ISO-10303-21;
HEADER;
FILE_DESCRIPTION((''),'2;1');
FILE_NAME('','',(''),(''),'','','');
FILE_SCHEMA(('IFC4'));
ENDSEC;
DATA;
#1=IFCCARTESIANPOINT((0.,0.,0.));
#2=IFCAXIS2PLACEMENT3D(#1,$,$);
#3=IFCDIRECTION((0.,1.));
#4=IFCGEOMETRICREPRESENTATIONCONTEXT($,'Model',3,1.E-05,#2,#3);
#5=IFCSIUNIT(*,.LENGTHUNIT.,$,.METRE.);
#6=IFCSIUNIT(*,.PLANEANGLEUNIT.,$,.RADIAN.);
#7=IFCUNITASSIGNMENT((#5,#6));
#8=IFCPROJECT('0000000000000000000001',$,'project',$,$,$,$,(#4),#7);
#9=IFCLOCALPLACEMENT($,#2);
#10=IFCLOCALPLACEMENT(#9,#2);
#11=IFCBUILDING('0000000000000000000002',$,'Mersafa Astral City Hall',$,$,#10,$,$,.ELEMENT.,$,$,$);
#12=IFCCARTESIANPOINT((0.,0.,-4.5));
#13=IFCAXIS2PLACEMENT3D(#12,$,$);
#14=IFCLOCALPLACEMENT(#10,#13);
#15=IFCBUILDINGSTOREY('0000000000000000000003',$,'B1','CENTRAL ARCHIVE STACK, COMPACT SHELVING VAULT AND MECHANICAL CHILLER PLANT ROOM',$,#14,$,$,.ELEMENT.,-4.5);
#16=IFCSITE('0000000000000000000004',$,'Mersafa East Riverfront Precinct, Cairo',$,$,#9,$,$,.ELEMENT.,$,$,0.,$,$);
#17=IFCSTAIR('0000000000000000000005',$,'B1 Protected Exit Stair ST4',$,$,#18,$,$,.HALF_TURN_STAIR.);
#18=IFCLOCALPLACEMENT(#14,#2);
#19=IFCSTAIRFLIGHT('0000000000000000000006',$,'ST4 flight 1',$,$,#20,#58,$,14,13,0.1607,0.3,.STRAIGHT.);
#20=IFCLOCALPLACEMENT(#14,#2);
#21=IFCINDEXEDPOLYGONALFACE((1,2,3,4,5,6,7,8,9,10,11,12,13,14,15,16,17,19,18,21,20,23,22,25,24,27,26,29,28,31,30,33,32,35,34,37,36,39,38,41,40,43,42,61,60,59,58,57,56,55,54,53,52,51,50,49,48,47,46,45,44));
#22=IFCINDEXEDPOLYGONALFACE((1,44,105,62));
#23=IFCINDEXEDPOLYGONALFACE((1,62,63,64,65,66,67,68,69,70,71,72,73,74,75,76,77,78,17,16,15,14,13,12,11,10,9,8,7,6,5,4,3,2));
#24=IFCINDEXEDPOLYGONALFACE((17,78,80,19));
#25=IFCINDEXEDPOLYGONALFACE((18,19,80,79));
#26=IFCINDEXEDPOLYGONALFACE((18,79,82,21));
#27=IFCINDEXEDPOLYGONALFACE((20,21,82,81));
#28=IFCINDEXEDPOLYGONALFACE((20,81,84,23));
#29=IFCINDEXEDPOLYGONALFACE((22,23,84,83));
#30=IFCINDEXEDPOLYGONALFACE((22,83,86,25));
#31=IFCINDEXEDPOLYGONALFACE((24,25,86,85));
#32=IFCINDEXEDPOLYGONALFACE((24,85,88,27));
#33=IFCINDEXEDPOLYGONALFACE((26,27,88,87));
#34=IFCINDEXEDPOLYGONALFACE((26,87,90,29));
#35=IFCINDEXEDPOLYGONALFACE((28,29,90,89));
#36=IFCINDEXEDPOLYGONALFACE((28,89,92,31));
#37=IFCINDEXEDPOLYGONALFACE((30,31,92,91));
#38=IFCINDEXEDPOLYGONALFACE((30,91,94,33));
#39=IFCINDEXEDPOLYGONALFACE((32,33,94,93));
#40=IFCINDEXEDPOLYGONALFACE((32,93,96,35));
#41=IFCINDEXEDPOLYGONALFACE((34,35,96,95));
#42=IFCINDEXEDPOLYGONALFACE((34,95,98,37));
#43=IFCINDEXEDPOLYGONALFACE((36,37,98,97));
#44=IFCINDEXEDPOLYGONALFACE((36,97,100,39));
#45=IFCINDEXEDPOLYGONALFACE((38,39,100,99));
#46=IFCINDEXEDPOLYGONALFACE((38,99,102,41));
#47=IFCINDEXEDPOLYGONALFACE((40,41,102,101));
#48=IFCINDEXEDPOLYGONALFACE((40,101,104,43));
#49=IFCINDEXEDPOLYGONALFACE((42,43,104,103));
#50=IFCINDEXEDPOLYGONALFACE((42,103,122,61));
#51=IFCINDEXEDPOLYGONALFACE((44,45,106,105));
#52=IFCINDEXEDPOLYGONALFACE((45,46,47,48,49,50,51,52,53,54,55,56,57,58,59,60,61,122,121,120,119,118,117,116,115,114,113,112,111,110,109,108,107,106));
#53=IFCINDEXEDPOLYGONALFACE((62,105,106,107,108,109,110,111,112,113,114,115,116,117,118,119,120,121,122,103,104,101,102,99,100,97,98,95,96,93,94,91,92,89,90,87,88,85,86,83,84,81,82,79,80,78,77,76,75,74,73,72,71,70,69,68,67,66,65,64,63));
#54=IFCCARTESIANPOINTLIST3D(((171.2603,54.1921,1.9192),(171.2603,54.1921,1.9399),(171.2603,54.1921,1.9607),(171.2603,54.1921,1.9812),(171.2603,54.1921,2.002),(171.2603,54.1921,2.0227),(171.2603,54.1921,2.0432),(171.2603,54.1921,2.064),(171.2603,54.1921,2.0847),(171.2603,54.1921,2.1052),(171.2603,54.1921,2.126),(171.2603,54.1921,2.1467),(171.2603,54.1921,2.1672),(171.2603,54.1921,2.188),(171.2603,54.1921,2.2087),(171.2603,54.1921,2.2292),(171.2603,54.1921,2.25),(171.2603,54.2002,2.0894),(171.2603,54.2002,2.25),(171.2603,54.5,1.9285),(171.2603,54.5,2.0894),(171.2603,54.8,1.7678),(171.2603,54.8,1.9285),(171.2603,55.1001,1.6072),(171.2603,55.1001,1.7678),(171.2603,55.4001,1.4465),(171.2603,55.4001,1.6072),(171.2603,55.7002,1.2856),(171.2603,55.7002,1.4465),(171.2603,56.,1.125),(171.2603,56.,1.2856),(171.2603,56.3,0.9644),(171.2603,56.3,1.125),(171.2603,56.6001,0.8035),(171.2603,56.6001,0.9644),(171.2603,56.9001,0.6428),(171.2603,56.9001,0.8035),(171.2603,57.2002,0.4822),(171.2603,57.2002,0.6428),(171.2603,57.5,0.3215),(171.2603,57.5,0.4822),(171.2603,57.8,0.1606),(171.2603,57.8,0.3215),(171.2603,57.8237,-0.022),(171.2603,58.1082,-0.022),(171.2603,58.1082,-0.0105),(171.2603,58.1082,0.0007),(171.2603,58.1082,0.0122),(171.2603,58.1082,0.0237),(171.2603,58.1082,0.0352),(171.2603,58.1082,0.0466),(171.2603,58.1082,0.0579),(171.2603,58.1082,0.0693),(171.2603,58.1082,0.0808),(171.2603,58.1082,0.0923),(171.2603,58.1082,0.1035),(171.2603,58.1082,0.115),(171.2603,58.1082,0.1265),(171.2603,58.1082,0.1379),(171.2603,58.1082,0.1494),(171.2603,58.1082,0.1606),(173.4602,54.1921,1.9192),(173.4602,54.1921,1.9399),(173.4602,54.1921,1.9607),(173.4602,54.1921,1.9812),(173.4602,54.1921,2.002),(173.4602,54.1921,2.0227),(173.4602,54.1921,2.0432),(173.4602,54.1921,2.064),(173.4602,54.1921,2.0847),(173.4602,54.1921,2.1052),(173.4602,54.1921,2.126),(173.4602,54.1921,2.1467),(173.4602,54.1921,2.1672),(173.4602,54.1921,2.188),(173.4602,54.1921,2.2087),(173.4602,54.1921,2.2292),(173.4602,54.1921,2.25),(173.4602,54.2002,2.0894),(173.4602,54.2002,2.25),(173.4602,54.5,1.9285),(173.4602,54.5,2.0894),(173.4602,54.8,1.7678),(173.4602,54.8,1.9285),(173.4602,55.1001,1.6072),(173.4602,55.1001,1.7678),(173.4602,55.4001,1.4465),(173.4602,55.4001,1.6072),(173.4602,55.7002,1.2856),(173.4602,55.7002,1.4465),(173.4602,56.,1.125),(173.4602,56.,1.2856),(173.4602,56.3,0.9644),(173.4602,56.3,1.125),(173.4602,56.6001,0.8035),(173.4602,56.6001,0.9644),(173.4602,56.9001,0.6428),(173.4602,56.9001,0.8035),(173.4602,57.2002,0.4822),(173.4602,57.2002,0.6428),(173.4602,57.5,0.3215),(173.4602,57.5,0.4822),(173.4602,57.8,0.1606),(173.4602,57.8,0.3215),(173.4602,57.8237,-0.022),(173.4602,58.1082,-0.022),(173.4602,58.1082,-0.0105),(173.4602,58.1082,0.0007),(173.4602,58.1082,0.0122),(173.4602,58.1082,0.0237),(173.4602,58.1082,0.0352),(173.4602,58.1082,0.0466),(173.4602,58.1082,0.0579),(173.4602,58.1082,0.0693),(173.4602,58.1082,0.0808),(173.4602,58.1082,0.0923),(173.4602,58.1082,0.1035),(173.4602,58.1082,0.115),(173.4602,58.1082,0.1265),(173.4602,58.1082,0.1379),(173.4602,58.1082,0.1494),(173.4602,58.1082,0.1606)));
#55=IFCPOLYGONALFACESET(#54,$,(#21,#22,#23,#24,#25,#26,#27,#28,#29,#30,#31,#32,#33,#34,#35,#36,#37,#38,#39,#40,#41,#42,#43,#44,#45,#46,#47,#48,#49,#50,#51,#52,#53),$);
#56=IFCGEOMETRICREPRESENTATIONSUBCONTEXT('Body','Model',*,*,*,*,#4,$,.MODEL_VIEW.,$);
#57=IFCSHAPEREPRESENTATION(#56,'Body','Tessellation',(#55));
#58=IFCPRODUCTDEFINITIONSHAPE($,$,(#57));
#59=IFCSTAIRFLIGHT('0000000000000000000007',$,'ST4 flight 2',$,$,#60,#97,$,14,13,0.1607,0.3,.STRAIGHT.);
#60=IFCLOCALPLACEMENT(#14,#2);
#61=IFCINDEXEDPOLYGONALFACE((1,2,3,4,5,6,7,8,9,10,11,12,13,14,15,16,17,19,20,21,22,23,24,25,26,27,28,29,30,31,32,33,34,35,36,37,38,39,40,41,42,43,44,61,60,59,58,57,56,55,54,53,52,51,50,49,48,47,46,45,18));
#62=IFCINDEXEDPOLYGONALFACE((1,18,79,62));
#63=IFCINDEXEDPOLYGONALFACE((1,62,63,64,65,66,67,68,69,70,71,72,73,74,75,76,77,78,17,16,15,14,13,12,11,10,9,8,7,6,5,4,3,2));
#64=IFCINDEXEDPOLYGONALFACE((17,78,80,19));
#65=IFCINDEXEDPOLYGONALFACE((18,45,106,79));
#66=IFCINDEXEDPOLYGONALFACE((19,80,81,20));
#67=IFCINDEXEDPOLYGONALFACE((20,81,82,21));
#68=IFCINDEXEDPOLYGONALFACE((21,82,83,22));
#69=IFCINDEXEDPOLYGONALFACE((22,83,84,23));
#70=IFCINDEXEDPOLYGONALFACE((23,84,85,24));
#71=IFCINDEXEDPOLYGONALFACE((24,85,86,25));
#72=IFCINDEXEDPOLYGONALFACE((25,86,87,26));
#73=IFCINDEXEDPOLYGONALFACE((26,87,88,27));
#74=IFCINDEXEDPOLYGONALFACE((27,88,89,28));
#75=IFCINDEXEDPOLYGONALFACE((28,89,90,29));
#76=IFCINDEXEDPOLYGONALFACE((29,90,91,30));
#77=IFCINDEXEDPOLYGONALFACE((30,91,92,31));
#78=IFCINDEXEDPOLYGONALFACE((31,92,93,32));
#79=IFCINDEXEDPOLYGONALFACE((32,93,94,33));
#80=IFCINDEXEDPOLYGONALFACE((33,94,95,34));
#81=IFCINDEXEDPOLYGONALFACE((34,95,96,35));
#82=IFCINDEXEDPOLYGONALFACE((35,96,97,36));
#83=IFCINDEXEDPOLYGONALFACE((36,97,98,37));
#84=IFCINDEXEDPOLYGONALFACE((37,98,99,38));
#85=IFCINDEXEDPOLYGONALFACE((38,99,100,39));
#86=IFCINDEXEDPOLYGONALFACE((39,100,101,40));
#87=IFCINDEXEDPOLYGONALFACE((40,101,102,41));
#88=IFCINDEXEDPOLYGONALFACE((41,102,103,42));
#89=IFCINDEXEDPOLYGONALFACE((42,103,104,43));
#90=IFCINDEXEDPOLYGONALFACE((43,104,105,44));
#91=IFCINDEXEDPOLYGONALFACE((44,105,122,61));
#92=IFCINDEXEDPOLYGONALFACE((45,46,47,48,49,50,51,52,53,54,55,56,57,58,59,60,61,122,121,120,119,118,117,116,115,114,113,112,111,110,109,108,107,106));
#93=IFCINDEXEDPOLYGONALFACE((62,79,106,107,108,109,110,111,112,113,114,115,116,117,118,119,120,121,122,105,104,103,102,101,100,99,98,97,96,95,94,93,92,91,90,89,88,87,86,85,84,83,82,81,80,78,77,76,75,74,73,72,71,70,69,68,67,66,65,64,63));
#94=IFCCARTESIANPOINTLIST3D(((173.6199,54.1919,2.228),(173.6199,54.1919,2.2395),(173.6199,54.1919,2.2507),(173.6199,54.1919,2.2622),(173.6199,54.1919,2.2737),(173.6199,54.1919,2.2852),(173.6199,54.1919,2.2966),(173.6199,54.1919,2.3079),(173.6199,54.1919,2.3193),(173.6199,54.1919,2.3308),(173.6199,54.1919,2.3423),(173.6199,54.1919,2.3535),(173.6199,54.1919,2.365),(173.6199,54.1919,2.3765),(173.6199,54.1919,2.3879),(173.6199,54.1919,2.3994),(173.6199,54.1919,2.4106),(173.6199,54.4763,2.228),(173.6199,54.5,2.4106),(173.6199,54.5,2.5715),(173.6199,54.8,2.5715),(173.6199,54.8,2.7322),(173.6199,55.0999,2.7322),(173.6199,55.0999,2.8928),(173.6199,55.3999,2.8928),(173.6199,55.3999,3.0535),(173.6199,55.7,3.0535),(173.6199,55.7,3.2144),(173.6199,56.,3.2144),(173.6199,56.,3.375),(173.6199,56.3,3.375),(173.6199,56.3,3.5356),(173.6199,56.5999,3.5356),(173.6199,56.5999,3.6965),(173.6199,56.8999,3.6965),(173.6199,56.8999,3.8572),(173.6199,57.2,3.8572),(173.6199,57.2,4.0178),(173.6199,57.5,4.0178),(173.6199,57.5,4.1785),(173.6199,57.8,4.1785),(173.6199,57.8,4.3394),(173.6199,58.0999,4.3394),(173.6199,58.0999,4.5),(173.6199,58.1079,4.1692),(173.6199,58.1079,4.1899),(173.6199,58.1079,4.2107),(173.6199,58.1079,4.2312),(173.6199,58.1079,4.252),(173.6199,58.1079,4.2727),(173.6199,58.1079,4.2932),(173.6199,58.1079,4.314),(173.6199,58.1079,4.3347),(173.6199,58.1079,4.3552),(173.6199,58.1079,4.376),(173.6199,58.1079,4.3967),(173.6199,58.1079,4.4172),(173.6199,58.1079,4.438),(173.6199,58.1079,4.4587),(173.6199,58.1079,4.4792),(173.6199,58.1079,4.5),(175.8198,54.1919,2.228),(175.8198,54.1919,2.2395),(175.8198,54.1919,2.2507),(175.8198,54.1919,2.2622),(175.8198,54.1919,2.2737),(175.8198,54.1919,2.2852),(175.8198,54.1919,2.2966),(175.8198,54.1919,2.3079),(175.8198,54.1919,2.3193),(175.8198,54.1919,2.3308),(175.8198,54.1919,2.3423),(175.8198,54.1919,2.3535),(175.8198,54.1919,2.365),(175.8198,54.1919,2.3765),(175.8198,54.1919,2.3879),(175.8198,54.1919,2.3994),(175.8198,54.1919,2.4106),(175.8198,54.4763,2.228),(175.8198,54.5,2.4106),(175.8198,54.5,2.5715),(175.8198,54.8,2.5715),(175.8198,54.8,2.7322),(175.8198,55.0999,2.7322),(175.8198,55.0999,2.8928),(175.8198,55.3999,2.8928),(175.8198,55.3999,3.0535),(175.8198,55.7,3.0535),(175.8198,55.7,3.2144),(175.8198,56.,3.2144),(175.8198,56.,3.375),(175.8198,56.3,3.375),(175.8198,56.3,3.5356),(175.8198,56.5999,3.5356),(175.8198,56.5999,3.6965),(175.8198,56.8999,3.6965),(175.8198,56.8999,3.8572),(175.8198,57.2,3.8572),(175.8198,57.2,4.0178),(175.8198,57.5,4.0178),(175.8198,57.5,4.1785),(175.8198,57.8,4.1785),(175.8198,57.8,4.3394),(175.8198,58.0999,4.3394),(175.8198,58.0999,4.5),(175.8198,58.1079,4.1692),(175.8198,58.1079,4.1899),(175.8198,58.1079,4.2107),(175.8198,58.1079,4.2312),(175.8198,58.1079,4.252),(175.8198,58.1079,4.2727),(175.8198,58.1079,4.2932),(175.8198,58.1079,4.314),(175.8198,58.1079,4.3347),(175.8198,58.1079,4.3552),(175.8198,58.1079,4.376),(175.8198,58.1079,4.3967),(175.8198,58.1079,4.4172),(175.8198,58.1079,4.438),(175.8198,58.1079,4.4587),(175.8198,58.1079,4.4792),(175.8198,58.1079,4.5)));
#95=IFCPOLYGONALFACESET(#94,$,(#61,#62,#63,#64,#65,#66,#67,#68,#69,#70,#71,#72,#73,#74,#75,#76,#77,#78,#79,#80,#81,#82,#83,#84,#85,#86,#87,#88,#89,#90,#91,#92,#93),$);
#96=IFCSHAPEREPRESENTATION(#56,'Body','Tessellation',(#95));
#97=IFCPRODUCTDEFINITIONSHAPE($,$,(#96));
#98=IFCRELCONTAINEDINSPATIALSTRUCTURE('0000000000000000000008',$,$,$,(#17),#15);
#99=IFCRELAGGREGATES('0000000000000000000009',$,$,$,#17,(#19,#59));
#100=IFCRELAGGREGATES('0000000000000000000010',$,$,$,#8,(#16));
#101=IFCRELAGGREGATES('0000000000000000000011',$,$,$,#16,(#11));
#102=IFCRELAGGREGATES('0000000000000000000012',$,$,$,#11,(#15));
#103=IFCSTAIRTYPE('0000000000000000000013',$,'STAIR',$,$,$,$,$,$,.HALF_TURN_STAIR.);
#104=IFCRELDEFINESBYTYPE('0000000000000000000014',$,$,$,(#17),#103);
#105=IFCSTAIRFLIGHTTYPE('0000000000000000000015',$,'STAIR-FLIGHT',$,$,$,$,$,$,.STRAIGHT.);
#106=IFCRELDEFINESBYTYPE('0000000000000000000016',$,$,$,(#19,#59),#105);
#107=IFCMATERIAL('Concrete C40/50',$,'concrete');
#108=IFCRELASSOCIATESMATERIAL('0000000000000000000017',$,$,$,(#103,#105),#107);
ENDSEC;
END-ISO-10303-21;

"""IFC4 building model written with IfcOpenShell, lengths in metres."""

from ifc_helpers import new_model, si_unit, direction, frame, origin, place, context, subcontext, project, spatial, polyline, outline, extrude, material, type_object, element, aggregate, save


model = new_model("IFC4")

# Units and contexts
model_context = context("Model", 3, precision=1e-05, world=origin(), true_north=direction((0.0, 1.0)))
body_context = subcontext(model_context, "Body", "Model", "MODEL_VIEW")
ifc_project = project(units=[si_unit("LENGTHUNIT", "METRE"), si_unit("PLANEANGLEUNIT", "RADIAN")], contexts=[model_context])

# Site, building, storey
site_placement = place(None, origin())
site = spatial("IfcSite", under=ifc_project, at=site_placement, Name="Mersafa East Riverfront Precinct, Cairo", CompositionType="ELEMENT", RefElevation=0.0)
building_placement = place(site_placement, origin())
building = spatial("IfcBuilding", under=site, at=building_placement, Name="Mersafa Astral City Hall", CompositionType="ELEMENT")
storey_placement = place(building_placement, frame((0.0, 0.0, -4.5)))
storey = spatial("IfcBuildingStorey", under=building, at=storey_placement, Name="B1", Description="CENTRAL ARCHIVE STACK, COMPACT SHELVING VAULT AND MECHANICAL CHILLER PLANT ROOM", CompositionType="ELEMENT", Elevation=-4.5)

# Shared definitions
ifc_material_1 = material(Name="Concrete C40/50", Category="concrete")

# Stair, stair flights
stair_type = type_object("IfcStairType", Name="STAIR", PredefinedType="HALF_TURN_STAIR", material=ifc_material_1)
stair_placement = place(storey_placement, origin())
stair = element("IfcStair", 1, at=stair_placement, inside=storey, type_object=stair_type, Name="B1 Protected Exit Stair ST4", PredefinedType="HALF_TURN_STAIR")
stair_flight_type = type_object("IfcStairFlightType", Name="STAIR-FLIGHT", PredefinedType="STRAIGHT", material=ifc_material_1)
stair_flight_1_placement = place(storey_placement, frame((172.3601, 58.1001, 0.0), z_axis=(0.0, 0.0, 1.0), x_axis=(0.0, -1.0, 0.0)))
stair_flight_1 = element("IfcStairFlight", 2, at=stair_flight_1_placement, type_object=stair_flight_type, Name="ST4 flight 1", NumberOfRisers=14, NumberOfTreads=13, PredefinedType="STRAIGHT", RiserHeight=0.1607, TreadLength=0.3, context=body_context, shape_type="SweptSolid", body=[
    extrude(outline(polyline([(-0.0081, -0.022), (-0.0081, -0.0105), (-0.0081, 0.0007), (-0.0081, 0.0122), (-0.0081, 0.0237), (-0.0081, 0.0352), (-0.0081, 0.0466), (-0.0081, 0.0579), (-0.0081, 0.0693), (-0.0081, 0.0808), (-0.0081, 0.0923), (-0.0081, 0.1035), (-0.0081, 0.115), (-0.0081, 0.1265), (-0.0081, 0.1379), (-0.0081, 0.1494), (-0.0081, 0.1606), (0.3, 0.1606), (0.3, 0.3215), (0.6001, 0.3215), (0.6001, 0.4822), (0.8999, 0.4822), (0.8999, 0.6428), (1.2, 0.6428), (1.2, 0.8035), (1.5, 0.8035), (1.5, 0.9644), (1.8, 0.9644), (1.8, 1.125), (2.1001, 1.125), (2.1001, 1.2856), (2.3999, 1.2856), (2.3999, 1.4465), (2.7, 1.4465), (2.7, 1.6072), (3.0, 1.6072), (3.0, 1.7678), (3.3, 1.7678), (3.3, 1.9285), (3.6001, 1.9285), (3.6001, 2.0894), (3.8999, 2.0894), (3.8999, 2.25), (3.908, 2.25), (3.908, 2.2292), (3.908, 2.2087), (3.908, 2.188), (3.908, 2.1672), (3.908, 2.1467), (3.908, 2.126), (3.908, 2.1052), (3.908, 2.0847), (3.908, 2.064), (3.908, 2.0432), (3.908, 2.0227), (3.908, 2.002), (3.908, 1.9812), (3.908, 1.9607), (3.908, 1.9399), (3.908, 1.9192), (0.2764, -0.022), (-0.0081, -0.022)])), frame((0.0, 1.1001, 0.0), z_axis=(0.0, -1.0, 0.0), x_axis=(1.0, 0.0, 0.0)), (0.0, 0.0, 1.0), 2.2),
])
stair_flight_2_placement = place(storey_placement, frame((174.72, 54.2, 2.25), z_axis=(0.0, 0.0, 1.0), x_axis=(0.0, 1.0, 0.0)))
stair_flight_2 = element("IfcStairFlight", 3, at=stair_flight_2_placement, type_object=stair_flight_type, Name="ST4 flight 2", NumberOfRisers=14, NumberOfTreads=13, PredefinedType="STRAIGHT", RiserHeight=0.1607, TreadLength=0.3, context=body_context, shape_type="SweptSolid", body=[
    extrude(outline(polyline([(-0.0081, -0.022), (-0.0081, -0.0105), (-0.0081, 0.0007), (-0.0081, 0.0122), (-0.0081, 0.0237), (-0.0081, 0.0352), (-0.0081, 0.0466), (-0.0081, 0.0579), (-0.0081, 0.0693), (-0.0081, 0.0808), (-0.0081, 0.0923), (-0.0081, 0.1035), (-0.0081, 0.115), (-0.0081, 0.1265), (-0.0081, 0.1379), (-0.0081, 0.1494), (-0.0081, 0.1606), (0.3, 0.1606), (0.3, 0.3215), (0.6001, 0.3215), (0.6001, 0.4822), (0.8999, 0.4822), (0.8999, 0.6428), (1.2, 0.6428), (1.2, 0.8035), (1.5, 0.8035), (1.5, 0.9644), (1.8, 0.9644), (1.8, 1.125), (2.1001, 1.125), (2.1001, 1.2856), (2.3999, 1.2856), (2.3999, 1.4465), (2.7, 1.4465), (2.7, 1.6072), (3.0, 1.6072), (3.0, 1.7678), (3.3, 1.7678), (3.3, 1.9285), (3.6001, 1.9285), (3.6001, 2.0894), (3.8999, 2.0894), (3.8999, 2.25), (3.908, 2.25), (3.908, 2.2292), (3.908, 2.2087), (3.908, 2.188), (3.908, 2.1672), (3.908, 2.1467), (3.908, 2.126), (3.908, 2.1052), (3.908, 2.0847), (3.908, 2.064), (3.908, 2.0432), (3.908, 2.0227), (3.908, 2.002), (3.908, 1.9812), (3.908, 1.9607), (3.908, 1.9399), (3.908, 1.9192), (0.2764, -0.022), (-0.0081, -0.022)])), frame((0.0, 1.1001, 0.0), z_axis=(0.0, -1.0, 0.0), x_axis=(1.0, 0.0, 0.0)), (0.0, 0.0, 1.0), 2.2),
])
aggregate(stair, [stair_flight_1, stair_flight_2])

save(model, "model.ifc")
